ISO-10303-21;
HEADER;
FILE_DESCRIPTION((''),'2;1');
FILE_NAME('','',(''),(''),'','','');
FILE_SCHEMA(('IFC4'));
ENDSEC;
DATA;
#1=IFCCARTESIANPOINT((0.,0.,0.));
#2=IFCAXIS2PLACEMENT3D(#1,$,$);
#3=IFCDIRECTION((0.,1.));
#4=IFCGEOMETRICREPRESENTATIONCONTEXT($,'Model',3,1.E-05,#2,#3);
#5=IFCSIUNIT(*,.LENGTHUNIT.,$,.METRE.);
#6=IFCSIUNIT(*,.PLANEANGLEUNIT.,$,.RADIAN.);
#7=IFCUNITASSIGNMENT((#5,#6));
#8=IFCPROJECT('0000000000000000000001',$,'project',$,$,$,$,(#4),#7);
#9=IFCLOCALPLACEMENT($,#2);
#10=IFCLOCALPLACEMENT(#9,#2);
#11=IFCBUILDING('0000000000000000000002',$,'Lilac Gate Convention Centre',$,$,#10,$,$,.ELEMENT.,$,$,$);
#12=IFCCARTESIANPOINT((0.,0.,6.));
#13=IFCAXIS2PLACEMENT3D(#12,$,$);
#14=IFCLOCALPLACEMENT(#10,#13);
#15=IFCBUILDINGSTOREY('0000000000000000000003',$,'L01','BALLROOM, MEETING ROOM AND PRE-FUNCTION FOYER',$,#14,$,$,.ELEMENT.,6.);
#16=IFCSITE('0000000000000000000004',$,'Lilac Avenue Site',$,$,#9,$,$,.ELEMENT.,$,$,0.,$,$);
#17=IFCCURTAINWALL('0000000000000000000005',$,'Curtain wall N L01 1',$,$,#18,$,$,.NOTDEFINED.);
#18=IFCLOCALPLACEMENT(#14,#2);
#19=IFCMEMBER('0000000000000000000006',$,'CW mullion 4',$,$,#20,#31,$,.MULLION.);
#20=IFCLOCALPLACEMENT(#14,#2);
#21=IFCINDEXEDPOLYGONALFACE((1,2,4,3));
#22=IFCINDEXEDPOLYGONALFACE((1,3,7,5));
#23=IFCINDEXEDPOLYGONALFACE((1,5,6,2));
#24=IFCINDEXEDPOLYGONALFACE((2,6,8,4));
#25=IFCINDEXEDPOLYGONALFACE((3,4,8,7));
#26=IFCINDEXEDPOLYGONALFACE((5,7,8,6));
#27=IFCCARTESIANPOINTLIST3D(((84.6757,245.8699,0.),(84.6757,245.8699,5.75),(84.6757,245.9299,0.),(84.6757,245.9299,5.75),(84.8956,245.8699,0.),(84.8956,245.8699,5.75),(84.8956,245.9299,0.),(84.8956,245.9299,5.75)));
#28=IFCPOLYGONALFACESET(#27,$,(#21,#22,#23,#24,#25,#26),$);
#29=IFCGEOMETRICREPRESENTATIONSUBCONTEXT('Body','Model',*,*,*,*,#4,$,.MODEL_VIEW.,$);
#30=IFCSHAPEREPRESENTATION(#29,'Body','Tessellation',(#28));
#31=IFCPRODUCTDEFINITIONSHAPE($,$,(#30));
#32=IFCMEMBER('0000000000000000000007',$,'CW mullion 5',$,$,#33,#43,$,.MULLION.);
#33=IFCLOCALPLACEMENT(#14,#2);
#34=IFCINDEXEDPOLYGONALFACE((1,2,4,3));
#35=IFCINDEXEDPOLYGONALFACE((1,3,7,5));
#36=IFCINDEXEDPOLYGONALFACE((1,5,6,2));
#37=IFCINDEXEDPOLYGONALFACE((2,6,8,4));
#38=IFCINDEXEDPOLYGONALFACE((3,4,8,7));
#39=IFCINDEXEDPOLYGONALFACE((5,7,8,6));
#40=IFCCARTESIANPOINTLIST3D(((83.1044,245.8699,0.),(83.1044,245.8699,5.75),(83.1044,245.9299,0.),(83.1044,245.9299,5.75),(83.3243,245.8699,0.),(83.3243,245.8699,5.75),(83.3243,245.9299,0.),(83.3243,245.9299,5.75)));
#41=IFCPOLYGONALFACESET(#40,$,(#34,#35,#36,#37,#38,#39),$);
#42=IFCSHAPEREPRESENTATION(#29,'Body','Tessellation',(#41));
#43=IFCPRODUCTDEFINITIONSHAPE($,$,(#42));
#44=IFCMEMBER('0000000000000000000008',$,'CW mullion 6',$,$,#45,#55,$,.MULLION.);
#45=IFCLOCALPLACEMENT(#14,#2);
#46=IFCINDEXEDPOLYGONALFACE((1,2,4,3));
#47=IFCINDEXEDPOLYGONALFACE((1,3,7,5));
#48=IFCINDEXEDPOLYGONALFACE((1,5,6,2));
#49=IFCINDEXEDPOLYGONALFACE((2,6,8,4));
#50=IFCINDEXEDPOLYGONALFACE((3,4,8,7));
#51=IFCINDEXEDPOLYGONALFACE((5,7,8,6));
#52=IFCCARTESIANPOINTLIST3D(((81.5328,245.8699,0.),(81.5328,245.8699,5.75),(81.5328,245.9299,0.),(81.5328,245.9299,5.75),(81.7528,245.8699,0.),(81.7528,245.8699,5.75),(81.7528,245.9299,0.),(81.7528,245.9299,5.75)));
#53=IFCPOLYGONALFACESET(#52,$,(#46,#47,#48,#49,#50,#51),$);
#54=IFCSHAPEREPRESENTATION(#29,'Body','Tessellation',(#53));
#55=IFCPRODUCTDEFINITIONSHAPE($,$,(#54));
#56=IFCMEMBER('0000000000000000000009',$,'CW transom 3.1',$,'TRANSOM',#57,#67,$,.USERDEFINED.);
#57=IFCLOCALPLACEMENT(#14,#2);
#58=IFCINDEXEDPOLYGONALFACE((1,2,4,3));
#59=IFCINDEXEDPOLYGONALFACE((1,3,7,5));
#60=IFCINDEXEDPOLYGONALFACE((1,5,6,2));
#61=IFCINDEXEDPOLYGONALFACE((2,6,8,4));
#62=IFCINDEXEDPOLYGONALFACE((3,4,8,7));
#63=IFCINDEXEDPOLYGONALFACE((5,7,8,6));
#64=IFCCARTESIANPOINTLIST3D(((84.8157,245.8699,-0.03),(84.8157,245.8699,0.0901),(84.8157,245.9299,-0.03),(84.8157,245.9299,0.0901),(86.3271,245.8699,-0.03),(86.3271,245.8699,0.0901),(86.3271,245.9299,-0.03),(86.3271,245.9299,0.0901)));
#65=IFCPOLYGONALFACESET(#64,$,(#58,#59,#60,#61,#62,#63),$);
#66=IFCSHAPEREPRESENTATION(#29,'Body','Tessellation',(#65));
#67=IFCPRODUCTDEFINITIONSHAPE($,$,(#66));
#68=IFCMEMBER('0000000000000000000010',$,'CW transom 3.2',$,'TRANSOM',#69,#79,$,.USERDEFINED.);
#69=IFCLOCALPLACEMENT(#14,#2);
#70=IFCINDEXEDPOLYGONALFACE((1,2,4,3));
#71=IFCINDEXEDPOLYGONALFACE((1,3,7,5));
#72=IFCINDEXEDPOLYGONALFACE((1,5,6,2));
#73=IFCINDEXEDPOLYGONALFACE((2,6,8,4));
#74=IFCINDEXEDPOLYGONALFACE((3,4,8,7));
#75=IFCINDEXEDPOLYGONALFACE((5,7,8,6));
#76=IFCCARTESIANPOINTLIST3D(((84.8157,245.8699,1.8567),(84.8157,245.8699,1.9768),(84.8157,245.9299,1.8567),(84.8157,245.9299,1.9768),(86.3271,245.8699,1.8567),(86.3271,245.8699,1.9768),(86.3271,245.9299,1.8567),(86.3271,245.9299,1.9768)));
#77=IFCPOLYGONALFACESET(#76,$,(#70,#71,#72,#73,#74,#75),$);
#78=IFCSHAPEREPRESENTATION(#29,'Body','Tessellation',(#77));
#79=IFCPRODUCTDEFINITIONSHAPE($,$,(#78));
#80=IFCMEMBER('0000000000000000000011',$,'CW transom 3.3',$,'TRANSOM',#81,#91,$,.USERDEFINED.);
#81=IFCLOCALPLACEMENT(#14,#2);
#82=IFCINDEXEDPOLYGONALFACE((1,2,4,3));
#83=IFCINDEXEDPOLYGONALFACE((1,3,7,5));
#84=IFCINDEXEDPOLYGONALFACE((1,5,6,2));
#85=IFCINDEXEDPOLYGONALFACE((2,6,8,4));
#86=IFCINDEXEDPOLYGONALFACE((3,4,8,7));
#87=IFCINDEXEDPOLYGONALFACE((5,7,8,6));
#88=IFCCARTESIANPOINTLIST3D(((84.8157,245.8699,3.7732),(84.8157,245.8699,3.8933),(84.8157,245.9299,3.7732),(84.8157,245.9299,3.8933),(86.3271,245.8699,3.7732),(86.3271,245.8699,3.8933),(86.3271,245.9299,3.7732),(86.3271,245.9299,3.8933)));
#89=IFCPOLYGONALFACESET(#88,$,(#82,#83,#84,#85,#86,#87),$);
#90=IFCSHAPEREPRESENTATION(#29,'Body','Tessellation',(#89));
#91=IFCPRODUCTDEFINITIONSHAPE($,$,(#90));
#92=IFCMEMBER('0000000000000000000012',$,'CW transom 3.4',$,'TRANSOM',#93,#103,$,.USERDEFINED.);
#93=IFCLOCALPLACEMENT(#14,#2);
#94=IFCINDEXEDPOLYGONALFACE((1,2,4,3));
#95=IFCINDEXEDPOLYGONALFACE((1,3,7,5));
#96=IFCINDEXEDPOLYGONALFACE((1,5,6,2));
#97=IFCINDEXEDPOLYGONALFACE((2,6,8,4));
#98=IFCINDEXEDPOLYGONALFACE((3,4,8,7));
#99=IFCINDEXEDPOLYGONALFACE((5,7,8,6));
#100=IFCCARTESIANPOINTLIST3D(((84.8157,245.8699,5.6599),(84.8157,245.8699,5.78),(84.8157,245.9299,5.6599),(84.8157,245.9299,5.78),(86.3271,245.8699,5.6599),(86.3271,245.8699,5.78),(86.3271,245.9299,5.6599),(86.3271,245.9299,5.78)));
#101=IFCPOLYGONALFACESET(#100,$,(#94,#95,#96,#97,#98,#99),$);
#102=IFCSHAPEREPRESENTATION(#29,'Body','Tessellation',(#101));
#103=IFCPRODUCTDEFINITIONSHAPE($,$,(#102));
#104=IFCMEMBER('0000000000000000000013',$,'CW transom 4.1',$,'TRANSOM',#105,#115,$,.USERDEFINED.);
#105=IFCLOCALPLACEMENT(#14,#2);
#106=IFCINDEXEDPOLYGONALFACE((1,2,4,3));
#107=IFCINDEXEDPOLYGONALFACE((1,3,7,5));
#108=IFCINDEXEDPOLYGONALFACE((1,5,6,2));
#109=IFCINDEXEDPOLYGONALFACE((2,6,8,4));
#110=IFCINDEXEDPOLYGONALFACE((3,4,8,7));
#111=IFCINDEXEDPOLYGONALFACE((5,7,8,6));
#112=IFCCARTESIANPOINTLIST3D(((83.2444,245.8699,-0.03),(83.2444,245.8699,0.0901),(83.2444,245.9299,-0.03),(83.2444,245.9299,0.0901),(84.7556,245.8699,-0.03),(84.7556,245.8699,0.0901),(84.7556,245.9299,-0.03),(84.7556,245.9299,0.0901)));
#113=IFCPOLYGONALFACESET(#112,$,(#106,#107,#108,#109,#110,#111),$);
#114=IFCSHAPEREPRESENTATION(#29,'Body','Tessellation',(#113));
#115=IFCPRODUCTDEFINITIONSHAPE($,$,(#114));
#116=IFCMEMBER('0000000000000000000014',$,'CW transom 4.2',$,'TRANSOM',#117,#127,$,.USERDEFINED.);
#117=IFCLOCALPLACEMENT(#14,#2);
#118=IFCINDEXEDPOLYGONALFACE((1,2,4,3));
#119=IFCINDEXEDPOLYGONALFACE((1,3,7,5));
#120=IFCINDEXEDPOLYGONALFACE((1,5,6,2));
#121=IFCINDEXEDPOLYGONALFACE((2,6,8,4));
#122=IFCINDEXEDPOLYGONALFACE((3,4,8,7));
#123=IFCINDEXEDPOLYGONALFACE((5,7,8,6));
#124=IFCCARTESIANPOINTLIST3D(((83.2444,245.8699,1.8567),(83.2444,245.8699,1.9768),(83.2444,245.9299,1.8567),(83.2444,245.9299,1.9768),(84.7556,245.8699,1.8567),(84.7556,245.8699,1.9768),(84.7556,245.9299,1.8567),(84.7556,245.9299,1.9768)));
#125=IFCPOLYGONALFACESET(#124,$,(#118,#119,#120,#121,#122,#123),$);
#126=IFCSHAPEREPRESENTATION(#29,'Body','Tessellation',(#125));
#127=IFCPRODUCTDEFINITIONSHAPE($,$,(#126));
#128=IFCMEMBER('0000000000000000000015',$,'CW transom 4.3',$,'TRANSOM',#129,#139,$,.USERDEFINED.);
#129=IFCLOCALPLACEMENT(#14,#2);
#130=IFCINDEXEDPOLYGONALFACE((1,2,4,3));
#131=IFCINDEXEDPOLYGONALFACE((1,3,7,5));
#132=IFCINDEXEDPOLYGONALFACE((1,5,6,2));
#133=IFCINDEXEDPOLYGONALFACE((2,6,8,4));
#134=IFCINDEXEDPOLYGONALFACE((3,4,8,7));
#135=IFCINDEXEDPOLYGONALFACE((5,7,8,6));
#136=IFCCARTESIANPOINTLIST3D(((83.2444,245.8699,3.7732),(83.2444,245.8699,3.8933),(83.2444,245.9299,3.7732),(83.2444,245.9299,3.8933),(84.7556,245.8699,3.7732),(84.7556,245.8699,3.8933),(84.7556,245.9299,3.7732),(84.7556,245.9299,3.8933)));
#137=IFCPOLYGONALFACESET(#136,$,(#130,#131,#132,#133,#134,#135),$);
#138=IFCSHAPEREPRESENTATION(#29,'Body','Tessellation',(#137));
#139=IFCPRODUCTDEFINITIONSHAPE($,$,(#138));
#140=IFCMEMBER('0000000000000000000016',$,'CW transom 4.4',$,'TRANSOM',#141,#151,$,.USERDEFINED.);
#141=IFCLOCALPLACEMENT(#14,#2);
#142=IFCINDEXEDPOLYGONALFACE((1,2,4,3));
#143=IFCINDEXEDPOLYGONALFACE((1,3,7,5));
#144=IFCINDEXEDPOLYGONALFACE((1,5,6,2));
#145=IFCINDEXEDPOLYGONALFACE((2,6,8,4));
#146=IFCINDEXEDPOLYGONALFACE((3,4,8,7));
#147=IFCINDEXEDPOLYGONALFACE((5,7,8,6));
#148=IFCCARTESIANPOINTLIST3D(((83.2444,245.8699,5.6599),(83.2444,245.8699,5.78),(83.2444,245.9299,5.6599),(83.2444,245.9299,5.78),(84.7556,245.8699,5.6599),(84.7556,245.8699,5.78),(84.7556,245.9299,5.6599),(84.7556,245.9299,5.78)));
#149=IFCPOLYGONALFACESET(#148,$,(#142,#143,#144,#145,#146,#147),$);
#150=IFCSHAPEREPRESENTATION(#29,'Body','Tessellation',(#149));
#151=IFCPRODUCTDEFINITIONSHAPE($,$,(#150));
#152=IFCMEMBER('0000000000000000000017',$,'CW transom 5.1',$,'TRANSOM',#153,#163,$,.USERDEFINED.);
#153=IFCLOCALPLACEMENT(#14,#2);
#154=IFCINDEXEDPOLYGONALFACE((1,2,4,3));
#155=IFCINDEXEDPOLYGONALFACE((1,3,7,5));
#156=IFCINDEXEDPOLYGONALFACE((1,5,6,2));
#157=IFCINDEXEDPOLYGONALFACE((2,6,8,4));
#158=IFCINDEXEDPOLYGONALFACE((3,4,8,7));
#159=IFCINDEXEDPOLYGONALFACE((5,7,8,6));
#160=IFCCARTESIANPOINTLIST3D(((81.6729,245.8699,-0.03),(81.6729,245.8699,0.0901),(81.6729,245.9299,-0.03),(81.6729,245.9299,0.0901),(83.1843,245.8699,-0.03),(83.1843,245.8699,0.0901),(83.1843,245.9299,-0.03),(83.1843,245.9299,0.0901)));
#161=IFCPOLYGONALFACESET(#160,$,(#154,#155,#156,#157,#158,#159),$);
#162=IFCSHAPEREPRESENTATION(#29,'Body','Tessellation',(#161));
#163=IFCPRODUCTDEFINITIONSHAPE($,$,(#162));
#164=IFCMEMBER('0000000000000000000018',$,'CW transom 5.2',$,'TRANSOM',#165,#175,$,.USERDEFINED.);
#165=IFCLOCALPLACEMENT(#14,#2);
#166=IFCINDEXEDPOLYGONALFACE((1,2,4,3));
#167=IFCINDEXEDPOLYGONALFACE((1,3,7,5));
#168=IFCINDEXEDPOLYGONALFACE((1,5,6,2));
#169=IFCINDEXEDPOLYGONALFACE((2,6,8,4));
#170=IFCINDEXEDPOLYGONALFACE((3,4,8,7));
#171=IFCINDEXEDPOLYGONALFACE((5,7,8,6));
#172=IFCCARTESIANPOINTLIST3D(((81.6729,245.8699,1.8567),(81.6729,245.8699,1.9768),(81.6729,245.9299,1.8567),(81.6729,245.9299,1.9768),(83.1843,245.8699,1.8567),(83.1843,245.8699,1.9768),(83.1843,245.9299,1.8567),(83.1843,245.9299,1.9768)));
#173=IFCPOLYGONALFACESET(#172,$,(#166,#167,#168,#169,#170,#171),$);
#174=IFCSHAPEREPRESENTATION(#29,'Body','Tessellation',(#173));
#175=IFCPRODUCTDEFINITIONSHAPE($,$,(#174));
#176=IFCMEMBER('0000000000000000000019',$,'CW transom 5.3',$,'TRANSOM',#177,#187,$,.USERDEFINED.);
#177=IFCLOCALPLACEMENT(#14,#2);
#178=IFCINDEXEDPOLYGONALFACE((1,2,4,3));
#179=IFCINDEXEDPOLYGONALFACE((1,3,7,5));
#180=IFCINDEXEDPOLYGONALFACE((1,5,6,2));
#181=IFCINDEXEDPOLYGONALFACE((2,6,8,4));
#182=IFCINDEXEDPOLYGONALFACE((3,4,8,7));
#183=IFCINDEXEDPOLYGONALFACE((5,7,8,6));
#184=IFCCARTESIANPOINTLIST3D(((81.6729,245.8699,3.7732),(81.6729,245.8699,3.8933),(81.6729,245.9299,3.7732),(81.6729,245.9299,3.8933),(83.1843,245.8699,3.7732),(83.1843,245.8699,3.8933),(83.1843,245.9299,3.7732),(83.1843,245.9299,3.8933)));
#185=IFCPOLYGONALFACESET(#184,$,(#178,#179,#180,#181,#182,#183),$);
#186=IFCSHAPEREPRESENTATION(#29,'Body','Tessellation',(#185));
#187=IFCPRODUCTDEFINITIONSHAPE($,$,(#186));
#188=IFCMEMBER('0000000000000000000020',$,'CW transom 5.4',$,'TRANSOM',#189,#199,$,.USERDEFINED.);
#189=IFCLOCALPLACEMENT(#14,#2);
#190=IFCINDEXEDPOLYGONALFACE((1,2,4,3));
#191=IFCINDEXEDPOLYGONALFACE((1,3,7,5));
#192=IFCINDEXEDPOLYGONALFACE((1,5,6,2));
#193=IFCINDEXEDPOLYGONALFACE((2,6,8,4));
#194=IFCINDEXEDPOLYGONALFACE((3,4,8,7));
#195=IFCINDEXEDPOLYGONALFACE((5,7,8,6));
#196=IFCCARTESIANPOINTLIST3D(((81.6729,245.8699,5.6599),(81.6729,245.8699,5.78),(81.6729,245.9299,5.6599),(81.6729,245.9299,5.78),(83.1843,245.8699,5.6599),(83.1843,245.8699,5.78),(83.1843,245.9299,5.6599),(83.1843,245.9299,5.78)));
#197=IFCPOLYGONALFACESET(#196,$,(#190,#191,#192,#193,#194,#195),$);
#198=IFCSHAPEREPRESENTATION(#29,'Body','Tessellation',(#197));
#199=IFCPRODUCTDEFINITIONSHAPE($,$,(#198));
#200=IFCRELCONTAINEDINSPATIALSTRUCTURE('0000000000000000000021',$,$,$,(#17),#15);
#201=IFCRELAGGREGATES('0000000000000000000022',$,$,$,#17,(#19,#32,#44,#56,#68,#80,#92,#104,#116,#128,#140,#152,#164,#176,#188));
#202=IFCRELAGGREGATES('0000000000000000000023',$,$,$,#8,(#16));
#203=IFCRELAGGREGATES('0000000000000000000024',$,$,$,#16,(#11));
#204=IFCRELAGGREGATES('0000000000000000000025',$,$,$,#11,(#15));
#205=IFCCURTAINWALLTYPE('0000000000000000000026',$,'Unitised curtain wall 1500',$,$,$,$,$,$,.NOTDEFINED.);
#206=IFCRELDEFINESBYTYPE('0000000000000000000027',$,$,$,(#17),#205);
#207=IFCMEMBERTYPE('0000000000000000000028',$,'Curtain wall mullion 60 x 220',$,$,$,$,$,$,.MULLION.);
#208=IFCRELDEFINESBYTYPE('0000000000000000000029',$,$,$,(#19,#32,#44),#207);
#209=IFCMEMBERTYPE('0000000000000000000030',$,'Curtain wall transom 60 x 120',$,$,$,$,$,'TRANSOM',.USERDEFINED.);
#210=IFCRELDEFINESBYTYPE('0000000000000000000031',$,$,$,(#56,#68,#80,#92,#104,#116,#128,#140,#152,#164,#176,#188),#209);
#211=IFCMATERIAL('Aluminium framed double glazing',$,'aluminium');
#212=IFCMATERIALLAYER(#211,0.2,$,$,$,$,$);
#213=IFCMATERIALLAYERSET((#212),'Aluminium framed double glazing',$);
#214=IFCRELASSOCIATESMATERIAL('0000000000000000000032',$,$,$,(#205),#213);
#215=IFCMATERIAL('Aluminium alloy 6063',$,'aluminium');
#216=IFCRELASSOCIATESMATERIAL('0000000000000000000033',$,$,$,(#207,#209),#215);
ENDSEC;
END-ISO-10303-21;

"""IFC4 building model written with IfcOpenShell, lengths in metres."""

from ifc_helpers import new_model, si_unit, direction, frame, origin, origin_2d, place, context, subcontext, project, spatial, rectangle, extrude, material, layer, layer_set, material_profile, profile_set, type_object, element, aggregate, save


model = new_model("IFC4")

# Units and contexts
model_context = context("Model", 3, precision=1e-05, world=origin(), true_north=direction((0.0, 1.0)))
body_context = subcontext(model_context, "Body", "Model", "MODEL_VIEW")
ifc_project = project(units=[si_unit("LENGTHUNIT", "METRE"), si_unit("PLANEANGLEUNIT", "RADIAN")], contexts=[model_context])

# Site, building, storey
site_placement = place(None, origin())
site = spatial("IfcSite", under=ifc_project, at=site_placement, Name="Lilac Avenue Site", CompositionType="ELEMENT", RefElevation=0.0)
building_placement = place(site_placement, origin())
building = spatial("IfcBuilding", under=site, at=building_placement, Name="Lilac Gate Convention Centre", CompositionType="ELEMENT")
storey_placement = place(building_placement, frame((0.0, 0.0, 6.0)))
storey = spatial("IfcBuildingStorey", under=building, at=storey_placement, Name="L01", Description="BALLROOM, MEETING ROOM AND PRE-FUNCTION FOYER", CompositionType="ELEMENT", Elevation=6.0)

# Curtain wall, members
ifc_material_1 = material(Name="Aluminium framed double glazing", Category="aluminium")
ifc_layer_1 = layer(ifc_material_1, 0.2)
ifc_layer_set_1 = layer_set([ifc_layer_1], Name="Aluminium framed double glazing")
curtain_wall_type = type_object("IfcCurtainWallType", Name="Unitised curtain wall 1500", PredefinedType="NOTDEFINED", material=ifc_layer_set_1)
curtain_wall_placement = place(storey_placement, origin())
curtain_wall = element("IfcCurtainWall", 1, at=curtain_wall_placement, inside=storey, type_object=curtain_wall_type, Name="Curtain wall N L01 1", PredefinedType="NOTDEFINED")
ifc_material_2 = material(Name="Aluminium alloy 6063", Category="aluminium")
ifc_material_profile_1 = material_profile(ifc_material_2, rectangle(XDim=0.0601, YDim=0.22, at=origin_2d()), Name="Curtain wall mullion 60 x 220")
ifc_profile_set_1 = profile_set([ifc_material_profile_1], Name="Aluminium alloy 6063")
member_type_1 = type_object("IfcMemberType", Name="Curtain wall mullion 60 x 220", PredefinedType="MULLION", material=ifc_profile_set_1)
member_1_placement = place(storey_placement, frame((84.7856, 245.8999, 0.0), z_axis=(0.0, 0.0, 1.0), x_axis=(0.0, -1.0, 0.0)))
member_1 = element("IfcMember", 2, at=member_1_placement, type_object=member_type_1, Name="CW mullion 4", PredefinedType="MULLION", context=body_context, shape_type="SweptSolid", body=[
    extrude(rectangle(XDim=0.0601, YDim=0.22, at=origin_2d()), origin(), (0.0, 0.0, 1.0), 5.75),
])
member_2_placement = place(storey_placement, frame((83.2144, 245.8999, 0.0), z_axis=(0.0, 0.0, 1.0), x_axis=(0.0, -1.0, 0.0)))
member_2 = element("IfcMember", 3, at=member_2_placement, type_object=member_type_1, Name="CW mullion 5", PredefinedType="MULLION", context=body_context, shape_type="SweptSolid", body=[
    extrude(rectangle(XDim=0.0601, YDim=0.22, at=origin_2d()), origin(), (0.0, 0.0, 1.0), 5.75),
])
member_3_placement = place(storey_placement, frame((81.6428, 245.8999, 0.0), z_axis=(0.0, 0.0, 1.0), x_axis=(0.0, -1.0, 0.0)))
member_3 = element("IfcMember", 4, at=member_3_placement, type_object=member_type_1, Name="CW mullion 6", PredefinedType="MULLION", context=body_context, shape_type="SweptSolid", body=[
    extrude(rectangle(XDim=0.0601, YDim=0.22, at=origin_2d()), origin(), (0.0, 0.0, 1.0), 5.75),
])
ifc_material_profile_2 = material_profile(ifc_material_2, rectangle(XDim=0.0601, YDim=0.1201, at=origin_2d()), Name="Curtain wall transom 60 x 120")
ifc_profile_set_2 = profile_set([ifc_material_profile_2], Name="Aluminium alloy 6063")
member_type_2 = type_object("IfcMemberType", Name="Curtain wall transom 60 x 120", ElementType="TRANSOM", PredefinedType="USERDEFINED", material=ifc_profile_set_2)
member_4_placement = place(storey_placement, frame((86.3271, 245.8999, 0.03), z_axis=(-1.0, 0.0, 0.0), x_axis=(0.0, -1.0, 0.0)))
member_4 = element("IfcMember", 5, at=member_4_placement, type_object=member_type_2, Name="CW transom 3.1", ObjectType="TRANSOM", PredefinedType="USERDEFINED", context=body_context, shape_type="SweptSolid", body=[
    extrude(rectangle(XDim=0.0601, YDim=0.1201, at=origin_2d()), origin(), (0.0, 0.0, 1.0), 1.5115),
])
member_5_placement = place(storey_placement, frame((86.3271, 245.8999, 1.9167), z_axis=(-1.0, 0.0, 0.0), x_axis=(0.0, -1.0, 0.0)))
member_5 = element("IfcMember", 6, at=member_5_placement, type_object=member_type_2, Name="CW transom 3.2", ObjectType="TRANSOM", PredefinedType="USERDEFINED", context=body_context, shape_type="SweptSolid", body=[
    extrude(rectangle(XDim=0.0601, YDim=0.1201, at=origin_2d()), origin(), (0.0, 0.0, 1.0), 1.5115),
])
member_6_placement = place(storey_placement, frame((86.3271, 245.8999, 3.8333), z_axis=(-1.0, 0.0, 0.0), x_axis=(0.0, -1.0, 0.0)))
member_6 = element("IfcMember", 7, at=member_6_placement, type_object=member_type_2, Name="CW transom 3.3", ObjectType="TRANSOM", PredefinedType="USERDEFINED", context=body_context, shape_type="SweptSolid", body=[
    extrude(rectangle(XDim=0.0601, YDim=0.1201, at=origin_2d()), origin(), (0.0, 0.0, 1.0), 1.5115),
])
member_7_placement = place(storey_placement, frame((86.3271, 245.8999, 5.72), z_axis=(-1.0, 0.0, 0.0), x_axis=(0.0, -1.0, 0.0)))
member_7 = element("IfcMember", 8, at=member_7_placement, type_object=member_type_2, Name="CW transom 3.4", ObjectType="TRANSOM", PredefinedType="USERDEFINED", context=body_context, shape_type="SweptSolid", body=[
    extrude(rectangle(XDim=0.0601, YDim=0.1201, at=origin_2d()), origin(), (0.0, 0.0, 1.0), 1.5115),
])
member_8_placement = place(storey_placement, frame((84.7556, 245.8999, 0.03), z_axis=(-1.0, 0.0, 0.0), x_axis=(0.0, -1.0, 0.0)))
member_8 = element("IfcMember", 9, at=member_8_placement, type_object=member_type_2, Name="CW transom 4.1", ObjectType="TRANSOM", PredefinedType="USERDEFINED", context=body_context, shape_type="SweptSolid", body=[
    extrude(rectangle(XDim=0.0601, YDim=0.1201, at=origin_2d()), origin(), (0.0, 0.0, 1.0), 1.5112),
])
member_9_placement = place(storey_placement, frame((84.7556, 245.8999, 1.9167), z_axis=(-1.0, 0.0, 0.0), x_axis=(0.0, -1.0, 0.0)))
member_9 = element("IfcMember", 10, at=member_9_placement, type_object=member_type_2, Name="CW transom 4.2", ObjectType="TRANSOM", PredefinedType="USERDEFINED", context=body_context, shape_type="SweptSolid", body=[
    extrude(rectangle(XDim=0.0601, YDim=0.1201, at=origin_2d()), origin(), (0.0, 0.0, 1.0), 1.5112),
])
member_10_placement = place(storey_placement, frame((84.7556, 245.8999, 3.8333), z_axis=(-1.0, 0.0, 0.0), x_axis=(0.0, -1.0, 0.0)))
member_10 = element("IfcMember", 11, at=member_10_placement, type_object=member_type_2, Name="CW transom 4.3", ObjectType="TRANSOM", PredefinedType="USERDEFINED", context=body_context, shape_type="SweptSolid", body=[
    extrude(rectangle(XDim=0.0601, YDim=0.1201, at=origin_2d()), origin(), (0.0, 0.0, 1.0), 1.5112),
])
member_11_placement = place(storey_placement, frame((84.7556, 245.8999, 5.72), z_axis=(-1.0, 0.0, 0.0), x_axis=(0.0, -1.0, 0.0)))
member_11 = element("IfcMember", 12, at=member_11_placement, type_object=member_type_2, Name="CW transom 4.4", ObjectType="TRANSOM", PredefinedType="USERDEFINED", context=body_context, shape_type="SweptSolid", body=[
    extrude(rectangle(XDim=0.0601, YDim=0.1201, at=origin_2d()), origin(), (0.0, 0.0, 1.0), 1.5112),
])
member_12_placement = place(storey_placement, frame((83.1843, 245.8999, 0.03), z_axis=(-1.0, 0.0, 0.0), x_axis=(0.0, -1.0, 0.0)))
member_12 = element("IfcMember", 13, at=member_12_placement, type_object=member_type_2, Name="CW transom 5.1", ObjectType="TRANSOM", PredefinedType="USERDEFINED", context=body_context, shape_type="SweptSolid", body=[
    extrude(rectangle(XDim=0.0601, YDim=0.1201, at=origin_2d()), origin(), (0.0, 0.0, 1.0), 1.5115),
])
member_13_placement = place(storey_placement, frame((83.1843, 245.8999, 1.9167), z_axis=(-1.0, 0.0, 0.0), x_axis=(0.0, -1.0, 0.0)))
member_13 = element("IfcMember", 14, at=member_13_placement, type_object=member_type_2, Name="CW transom 5.2", ObjectType="TRANSOM", PredefinedType="USERDEFINED", context=body_context, shape_type="SweptSolid", body=[
    extrude(rectangle(XDim=0.0601, YDim=0.1201, at=origin_2d()), origin(), (0.0, 0.0, 1.0), 1.5115),
])
member_14_placement = place(storey_placement, frame((83.1843, 245.8999, 3.8333), z_axis=(-1.0, 0.0, 0.0), x_axis=(0.0, -1.0, 0.0)))
member_14 = element("IfcMember", 15, at=member_14_placement, type_object=member_type_2, Name="CW transom 5.3", ObjectType="TRANSOM", PredefinedType="USERDEFINED", context=body_context, shape_type="SweptSolid", body=[
    extrude(rectangle(XDim=0.0601, YDim=0.1201, at=origin_2d()), origin(), (0.0, 0.0, 1.0), 1.5115),
])
member_15_placement = place(storey_placement, frame((83.1843, 245.8999, 5.72), z_axis=(-1.0, 0.0, 0.0), x_axis=(0.0, -1.0, 0.0)))
member_15 = element("IfcMember", 16, at=member_15_placement, type_object=member_type_2, Name="CW transom 5.4", ObjectType="TRANSOM", PredefinedType="USERDEFINED", context=body_context, shape_type="SweptSolid", body=[
    extrude(rectangle(XDim=0.0601, YDim=0.1201, at=origin_2d()), origin(), (0.0, 0.0, 1.0), 1.5115),
])
aggregate(curtain_wall, [member_1, member_2, member_3, member_4, member_5, member_6, member_7, member_8, member_9, member_10, member_11, member_12, member_13, member_14, member_15])

save(model, "model.ifc")
